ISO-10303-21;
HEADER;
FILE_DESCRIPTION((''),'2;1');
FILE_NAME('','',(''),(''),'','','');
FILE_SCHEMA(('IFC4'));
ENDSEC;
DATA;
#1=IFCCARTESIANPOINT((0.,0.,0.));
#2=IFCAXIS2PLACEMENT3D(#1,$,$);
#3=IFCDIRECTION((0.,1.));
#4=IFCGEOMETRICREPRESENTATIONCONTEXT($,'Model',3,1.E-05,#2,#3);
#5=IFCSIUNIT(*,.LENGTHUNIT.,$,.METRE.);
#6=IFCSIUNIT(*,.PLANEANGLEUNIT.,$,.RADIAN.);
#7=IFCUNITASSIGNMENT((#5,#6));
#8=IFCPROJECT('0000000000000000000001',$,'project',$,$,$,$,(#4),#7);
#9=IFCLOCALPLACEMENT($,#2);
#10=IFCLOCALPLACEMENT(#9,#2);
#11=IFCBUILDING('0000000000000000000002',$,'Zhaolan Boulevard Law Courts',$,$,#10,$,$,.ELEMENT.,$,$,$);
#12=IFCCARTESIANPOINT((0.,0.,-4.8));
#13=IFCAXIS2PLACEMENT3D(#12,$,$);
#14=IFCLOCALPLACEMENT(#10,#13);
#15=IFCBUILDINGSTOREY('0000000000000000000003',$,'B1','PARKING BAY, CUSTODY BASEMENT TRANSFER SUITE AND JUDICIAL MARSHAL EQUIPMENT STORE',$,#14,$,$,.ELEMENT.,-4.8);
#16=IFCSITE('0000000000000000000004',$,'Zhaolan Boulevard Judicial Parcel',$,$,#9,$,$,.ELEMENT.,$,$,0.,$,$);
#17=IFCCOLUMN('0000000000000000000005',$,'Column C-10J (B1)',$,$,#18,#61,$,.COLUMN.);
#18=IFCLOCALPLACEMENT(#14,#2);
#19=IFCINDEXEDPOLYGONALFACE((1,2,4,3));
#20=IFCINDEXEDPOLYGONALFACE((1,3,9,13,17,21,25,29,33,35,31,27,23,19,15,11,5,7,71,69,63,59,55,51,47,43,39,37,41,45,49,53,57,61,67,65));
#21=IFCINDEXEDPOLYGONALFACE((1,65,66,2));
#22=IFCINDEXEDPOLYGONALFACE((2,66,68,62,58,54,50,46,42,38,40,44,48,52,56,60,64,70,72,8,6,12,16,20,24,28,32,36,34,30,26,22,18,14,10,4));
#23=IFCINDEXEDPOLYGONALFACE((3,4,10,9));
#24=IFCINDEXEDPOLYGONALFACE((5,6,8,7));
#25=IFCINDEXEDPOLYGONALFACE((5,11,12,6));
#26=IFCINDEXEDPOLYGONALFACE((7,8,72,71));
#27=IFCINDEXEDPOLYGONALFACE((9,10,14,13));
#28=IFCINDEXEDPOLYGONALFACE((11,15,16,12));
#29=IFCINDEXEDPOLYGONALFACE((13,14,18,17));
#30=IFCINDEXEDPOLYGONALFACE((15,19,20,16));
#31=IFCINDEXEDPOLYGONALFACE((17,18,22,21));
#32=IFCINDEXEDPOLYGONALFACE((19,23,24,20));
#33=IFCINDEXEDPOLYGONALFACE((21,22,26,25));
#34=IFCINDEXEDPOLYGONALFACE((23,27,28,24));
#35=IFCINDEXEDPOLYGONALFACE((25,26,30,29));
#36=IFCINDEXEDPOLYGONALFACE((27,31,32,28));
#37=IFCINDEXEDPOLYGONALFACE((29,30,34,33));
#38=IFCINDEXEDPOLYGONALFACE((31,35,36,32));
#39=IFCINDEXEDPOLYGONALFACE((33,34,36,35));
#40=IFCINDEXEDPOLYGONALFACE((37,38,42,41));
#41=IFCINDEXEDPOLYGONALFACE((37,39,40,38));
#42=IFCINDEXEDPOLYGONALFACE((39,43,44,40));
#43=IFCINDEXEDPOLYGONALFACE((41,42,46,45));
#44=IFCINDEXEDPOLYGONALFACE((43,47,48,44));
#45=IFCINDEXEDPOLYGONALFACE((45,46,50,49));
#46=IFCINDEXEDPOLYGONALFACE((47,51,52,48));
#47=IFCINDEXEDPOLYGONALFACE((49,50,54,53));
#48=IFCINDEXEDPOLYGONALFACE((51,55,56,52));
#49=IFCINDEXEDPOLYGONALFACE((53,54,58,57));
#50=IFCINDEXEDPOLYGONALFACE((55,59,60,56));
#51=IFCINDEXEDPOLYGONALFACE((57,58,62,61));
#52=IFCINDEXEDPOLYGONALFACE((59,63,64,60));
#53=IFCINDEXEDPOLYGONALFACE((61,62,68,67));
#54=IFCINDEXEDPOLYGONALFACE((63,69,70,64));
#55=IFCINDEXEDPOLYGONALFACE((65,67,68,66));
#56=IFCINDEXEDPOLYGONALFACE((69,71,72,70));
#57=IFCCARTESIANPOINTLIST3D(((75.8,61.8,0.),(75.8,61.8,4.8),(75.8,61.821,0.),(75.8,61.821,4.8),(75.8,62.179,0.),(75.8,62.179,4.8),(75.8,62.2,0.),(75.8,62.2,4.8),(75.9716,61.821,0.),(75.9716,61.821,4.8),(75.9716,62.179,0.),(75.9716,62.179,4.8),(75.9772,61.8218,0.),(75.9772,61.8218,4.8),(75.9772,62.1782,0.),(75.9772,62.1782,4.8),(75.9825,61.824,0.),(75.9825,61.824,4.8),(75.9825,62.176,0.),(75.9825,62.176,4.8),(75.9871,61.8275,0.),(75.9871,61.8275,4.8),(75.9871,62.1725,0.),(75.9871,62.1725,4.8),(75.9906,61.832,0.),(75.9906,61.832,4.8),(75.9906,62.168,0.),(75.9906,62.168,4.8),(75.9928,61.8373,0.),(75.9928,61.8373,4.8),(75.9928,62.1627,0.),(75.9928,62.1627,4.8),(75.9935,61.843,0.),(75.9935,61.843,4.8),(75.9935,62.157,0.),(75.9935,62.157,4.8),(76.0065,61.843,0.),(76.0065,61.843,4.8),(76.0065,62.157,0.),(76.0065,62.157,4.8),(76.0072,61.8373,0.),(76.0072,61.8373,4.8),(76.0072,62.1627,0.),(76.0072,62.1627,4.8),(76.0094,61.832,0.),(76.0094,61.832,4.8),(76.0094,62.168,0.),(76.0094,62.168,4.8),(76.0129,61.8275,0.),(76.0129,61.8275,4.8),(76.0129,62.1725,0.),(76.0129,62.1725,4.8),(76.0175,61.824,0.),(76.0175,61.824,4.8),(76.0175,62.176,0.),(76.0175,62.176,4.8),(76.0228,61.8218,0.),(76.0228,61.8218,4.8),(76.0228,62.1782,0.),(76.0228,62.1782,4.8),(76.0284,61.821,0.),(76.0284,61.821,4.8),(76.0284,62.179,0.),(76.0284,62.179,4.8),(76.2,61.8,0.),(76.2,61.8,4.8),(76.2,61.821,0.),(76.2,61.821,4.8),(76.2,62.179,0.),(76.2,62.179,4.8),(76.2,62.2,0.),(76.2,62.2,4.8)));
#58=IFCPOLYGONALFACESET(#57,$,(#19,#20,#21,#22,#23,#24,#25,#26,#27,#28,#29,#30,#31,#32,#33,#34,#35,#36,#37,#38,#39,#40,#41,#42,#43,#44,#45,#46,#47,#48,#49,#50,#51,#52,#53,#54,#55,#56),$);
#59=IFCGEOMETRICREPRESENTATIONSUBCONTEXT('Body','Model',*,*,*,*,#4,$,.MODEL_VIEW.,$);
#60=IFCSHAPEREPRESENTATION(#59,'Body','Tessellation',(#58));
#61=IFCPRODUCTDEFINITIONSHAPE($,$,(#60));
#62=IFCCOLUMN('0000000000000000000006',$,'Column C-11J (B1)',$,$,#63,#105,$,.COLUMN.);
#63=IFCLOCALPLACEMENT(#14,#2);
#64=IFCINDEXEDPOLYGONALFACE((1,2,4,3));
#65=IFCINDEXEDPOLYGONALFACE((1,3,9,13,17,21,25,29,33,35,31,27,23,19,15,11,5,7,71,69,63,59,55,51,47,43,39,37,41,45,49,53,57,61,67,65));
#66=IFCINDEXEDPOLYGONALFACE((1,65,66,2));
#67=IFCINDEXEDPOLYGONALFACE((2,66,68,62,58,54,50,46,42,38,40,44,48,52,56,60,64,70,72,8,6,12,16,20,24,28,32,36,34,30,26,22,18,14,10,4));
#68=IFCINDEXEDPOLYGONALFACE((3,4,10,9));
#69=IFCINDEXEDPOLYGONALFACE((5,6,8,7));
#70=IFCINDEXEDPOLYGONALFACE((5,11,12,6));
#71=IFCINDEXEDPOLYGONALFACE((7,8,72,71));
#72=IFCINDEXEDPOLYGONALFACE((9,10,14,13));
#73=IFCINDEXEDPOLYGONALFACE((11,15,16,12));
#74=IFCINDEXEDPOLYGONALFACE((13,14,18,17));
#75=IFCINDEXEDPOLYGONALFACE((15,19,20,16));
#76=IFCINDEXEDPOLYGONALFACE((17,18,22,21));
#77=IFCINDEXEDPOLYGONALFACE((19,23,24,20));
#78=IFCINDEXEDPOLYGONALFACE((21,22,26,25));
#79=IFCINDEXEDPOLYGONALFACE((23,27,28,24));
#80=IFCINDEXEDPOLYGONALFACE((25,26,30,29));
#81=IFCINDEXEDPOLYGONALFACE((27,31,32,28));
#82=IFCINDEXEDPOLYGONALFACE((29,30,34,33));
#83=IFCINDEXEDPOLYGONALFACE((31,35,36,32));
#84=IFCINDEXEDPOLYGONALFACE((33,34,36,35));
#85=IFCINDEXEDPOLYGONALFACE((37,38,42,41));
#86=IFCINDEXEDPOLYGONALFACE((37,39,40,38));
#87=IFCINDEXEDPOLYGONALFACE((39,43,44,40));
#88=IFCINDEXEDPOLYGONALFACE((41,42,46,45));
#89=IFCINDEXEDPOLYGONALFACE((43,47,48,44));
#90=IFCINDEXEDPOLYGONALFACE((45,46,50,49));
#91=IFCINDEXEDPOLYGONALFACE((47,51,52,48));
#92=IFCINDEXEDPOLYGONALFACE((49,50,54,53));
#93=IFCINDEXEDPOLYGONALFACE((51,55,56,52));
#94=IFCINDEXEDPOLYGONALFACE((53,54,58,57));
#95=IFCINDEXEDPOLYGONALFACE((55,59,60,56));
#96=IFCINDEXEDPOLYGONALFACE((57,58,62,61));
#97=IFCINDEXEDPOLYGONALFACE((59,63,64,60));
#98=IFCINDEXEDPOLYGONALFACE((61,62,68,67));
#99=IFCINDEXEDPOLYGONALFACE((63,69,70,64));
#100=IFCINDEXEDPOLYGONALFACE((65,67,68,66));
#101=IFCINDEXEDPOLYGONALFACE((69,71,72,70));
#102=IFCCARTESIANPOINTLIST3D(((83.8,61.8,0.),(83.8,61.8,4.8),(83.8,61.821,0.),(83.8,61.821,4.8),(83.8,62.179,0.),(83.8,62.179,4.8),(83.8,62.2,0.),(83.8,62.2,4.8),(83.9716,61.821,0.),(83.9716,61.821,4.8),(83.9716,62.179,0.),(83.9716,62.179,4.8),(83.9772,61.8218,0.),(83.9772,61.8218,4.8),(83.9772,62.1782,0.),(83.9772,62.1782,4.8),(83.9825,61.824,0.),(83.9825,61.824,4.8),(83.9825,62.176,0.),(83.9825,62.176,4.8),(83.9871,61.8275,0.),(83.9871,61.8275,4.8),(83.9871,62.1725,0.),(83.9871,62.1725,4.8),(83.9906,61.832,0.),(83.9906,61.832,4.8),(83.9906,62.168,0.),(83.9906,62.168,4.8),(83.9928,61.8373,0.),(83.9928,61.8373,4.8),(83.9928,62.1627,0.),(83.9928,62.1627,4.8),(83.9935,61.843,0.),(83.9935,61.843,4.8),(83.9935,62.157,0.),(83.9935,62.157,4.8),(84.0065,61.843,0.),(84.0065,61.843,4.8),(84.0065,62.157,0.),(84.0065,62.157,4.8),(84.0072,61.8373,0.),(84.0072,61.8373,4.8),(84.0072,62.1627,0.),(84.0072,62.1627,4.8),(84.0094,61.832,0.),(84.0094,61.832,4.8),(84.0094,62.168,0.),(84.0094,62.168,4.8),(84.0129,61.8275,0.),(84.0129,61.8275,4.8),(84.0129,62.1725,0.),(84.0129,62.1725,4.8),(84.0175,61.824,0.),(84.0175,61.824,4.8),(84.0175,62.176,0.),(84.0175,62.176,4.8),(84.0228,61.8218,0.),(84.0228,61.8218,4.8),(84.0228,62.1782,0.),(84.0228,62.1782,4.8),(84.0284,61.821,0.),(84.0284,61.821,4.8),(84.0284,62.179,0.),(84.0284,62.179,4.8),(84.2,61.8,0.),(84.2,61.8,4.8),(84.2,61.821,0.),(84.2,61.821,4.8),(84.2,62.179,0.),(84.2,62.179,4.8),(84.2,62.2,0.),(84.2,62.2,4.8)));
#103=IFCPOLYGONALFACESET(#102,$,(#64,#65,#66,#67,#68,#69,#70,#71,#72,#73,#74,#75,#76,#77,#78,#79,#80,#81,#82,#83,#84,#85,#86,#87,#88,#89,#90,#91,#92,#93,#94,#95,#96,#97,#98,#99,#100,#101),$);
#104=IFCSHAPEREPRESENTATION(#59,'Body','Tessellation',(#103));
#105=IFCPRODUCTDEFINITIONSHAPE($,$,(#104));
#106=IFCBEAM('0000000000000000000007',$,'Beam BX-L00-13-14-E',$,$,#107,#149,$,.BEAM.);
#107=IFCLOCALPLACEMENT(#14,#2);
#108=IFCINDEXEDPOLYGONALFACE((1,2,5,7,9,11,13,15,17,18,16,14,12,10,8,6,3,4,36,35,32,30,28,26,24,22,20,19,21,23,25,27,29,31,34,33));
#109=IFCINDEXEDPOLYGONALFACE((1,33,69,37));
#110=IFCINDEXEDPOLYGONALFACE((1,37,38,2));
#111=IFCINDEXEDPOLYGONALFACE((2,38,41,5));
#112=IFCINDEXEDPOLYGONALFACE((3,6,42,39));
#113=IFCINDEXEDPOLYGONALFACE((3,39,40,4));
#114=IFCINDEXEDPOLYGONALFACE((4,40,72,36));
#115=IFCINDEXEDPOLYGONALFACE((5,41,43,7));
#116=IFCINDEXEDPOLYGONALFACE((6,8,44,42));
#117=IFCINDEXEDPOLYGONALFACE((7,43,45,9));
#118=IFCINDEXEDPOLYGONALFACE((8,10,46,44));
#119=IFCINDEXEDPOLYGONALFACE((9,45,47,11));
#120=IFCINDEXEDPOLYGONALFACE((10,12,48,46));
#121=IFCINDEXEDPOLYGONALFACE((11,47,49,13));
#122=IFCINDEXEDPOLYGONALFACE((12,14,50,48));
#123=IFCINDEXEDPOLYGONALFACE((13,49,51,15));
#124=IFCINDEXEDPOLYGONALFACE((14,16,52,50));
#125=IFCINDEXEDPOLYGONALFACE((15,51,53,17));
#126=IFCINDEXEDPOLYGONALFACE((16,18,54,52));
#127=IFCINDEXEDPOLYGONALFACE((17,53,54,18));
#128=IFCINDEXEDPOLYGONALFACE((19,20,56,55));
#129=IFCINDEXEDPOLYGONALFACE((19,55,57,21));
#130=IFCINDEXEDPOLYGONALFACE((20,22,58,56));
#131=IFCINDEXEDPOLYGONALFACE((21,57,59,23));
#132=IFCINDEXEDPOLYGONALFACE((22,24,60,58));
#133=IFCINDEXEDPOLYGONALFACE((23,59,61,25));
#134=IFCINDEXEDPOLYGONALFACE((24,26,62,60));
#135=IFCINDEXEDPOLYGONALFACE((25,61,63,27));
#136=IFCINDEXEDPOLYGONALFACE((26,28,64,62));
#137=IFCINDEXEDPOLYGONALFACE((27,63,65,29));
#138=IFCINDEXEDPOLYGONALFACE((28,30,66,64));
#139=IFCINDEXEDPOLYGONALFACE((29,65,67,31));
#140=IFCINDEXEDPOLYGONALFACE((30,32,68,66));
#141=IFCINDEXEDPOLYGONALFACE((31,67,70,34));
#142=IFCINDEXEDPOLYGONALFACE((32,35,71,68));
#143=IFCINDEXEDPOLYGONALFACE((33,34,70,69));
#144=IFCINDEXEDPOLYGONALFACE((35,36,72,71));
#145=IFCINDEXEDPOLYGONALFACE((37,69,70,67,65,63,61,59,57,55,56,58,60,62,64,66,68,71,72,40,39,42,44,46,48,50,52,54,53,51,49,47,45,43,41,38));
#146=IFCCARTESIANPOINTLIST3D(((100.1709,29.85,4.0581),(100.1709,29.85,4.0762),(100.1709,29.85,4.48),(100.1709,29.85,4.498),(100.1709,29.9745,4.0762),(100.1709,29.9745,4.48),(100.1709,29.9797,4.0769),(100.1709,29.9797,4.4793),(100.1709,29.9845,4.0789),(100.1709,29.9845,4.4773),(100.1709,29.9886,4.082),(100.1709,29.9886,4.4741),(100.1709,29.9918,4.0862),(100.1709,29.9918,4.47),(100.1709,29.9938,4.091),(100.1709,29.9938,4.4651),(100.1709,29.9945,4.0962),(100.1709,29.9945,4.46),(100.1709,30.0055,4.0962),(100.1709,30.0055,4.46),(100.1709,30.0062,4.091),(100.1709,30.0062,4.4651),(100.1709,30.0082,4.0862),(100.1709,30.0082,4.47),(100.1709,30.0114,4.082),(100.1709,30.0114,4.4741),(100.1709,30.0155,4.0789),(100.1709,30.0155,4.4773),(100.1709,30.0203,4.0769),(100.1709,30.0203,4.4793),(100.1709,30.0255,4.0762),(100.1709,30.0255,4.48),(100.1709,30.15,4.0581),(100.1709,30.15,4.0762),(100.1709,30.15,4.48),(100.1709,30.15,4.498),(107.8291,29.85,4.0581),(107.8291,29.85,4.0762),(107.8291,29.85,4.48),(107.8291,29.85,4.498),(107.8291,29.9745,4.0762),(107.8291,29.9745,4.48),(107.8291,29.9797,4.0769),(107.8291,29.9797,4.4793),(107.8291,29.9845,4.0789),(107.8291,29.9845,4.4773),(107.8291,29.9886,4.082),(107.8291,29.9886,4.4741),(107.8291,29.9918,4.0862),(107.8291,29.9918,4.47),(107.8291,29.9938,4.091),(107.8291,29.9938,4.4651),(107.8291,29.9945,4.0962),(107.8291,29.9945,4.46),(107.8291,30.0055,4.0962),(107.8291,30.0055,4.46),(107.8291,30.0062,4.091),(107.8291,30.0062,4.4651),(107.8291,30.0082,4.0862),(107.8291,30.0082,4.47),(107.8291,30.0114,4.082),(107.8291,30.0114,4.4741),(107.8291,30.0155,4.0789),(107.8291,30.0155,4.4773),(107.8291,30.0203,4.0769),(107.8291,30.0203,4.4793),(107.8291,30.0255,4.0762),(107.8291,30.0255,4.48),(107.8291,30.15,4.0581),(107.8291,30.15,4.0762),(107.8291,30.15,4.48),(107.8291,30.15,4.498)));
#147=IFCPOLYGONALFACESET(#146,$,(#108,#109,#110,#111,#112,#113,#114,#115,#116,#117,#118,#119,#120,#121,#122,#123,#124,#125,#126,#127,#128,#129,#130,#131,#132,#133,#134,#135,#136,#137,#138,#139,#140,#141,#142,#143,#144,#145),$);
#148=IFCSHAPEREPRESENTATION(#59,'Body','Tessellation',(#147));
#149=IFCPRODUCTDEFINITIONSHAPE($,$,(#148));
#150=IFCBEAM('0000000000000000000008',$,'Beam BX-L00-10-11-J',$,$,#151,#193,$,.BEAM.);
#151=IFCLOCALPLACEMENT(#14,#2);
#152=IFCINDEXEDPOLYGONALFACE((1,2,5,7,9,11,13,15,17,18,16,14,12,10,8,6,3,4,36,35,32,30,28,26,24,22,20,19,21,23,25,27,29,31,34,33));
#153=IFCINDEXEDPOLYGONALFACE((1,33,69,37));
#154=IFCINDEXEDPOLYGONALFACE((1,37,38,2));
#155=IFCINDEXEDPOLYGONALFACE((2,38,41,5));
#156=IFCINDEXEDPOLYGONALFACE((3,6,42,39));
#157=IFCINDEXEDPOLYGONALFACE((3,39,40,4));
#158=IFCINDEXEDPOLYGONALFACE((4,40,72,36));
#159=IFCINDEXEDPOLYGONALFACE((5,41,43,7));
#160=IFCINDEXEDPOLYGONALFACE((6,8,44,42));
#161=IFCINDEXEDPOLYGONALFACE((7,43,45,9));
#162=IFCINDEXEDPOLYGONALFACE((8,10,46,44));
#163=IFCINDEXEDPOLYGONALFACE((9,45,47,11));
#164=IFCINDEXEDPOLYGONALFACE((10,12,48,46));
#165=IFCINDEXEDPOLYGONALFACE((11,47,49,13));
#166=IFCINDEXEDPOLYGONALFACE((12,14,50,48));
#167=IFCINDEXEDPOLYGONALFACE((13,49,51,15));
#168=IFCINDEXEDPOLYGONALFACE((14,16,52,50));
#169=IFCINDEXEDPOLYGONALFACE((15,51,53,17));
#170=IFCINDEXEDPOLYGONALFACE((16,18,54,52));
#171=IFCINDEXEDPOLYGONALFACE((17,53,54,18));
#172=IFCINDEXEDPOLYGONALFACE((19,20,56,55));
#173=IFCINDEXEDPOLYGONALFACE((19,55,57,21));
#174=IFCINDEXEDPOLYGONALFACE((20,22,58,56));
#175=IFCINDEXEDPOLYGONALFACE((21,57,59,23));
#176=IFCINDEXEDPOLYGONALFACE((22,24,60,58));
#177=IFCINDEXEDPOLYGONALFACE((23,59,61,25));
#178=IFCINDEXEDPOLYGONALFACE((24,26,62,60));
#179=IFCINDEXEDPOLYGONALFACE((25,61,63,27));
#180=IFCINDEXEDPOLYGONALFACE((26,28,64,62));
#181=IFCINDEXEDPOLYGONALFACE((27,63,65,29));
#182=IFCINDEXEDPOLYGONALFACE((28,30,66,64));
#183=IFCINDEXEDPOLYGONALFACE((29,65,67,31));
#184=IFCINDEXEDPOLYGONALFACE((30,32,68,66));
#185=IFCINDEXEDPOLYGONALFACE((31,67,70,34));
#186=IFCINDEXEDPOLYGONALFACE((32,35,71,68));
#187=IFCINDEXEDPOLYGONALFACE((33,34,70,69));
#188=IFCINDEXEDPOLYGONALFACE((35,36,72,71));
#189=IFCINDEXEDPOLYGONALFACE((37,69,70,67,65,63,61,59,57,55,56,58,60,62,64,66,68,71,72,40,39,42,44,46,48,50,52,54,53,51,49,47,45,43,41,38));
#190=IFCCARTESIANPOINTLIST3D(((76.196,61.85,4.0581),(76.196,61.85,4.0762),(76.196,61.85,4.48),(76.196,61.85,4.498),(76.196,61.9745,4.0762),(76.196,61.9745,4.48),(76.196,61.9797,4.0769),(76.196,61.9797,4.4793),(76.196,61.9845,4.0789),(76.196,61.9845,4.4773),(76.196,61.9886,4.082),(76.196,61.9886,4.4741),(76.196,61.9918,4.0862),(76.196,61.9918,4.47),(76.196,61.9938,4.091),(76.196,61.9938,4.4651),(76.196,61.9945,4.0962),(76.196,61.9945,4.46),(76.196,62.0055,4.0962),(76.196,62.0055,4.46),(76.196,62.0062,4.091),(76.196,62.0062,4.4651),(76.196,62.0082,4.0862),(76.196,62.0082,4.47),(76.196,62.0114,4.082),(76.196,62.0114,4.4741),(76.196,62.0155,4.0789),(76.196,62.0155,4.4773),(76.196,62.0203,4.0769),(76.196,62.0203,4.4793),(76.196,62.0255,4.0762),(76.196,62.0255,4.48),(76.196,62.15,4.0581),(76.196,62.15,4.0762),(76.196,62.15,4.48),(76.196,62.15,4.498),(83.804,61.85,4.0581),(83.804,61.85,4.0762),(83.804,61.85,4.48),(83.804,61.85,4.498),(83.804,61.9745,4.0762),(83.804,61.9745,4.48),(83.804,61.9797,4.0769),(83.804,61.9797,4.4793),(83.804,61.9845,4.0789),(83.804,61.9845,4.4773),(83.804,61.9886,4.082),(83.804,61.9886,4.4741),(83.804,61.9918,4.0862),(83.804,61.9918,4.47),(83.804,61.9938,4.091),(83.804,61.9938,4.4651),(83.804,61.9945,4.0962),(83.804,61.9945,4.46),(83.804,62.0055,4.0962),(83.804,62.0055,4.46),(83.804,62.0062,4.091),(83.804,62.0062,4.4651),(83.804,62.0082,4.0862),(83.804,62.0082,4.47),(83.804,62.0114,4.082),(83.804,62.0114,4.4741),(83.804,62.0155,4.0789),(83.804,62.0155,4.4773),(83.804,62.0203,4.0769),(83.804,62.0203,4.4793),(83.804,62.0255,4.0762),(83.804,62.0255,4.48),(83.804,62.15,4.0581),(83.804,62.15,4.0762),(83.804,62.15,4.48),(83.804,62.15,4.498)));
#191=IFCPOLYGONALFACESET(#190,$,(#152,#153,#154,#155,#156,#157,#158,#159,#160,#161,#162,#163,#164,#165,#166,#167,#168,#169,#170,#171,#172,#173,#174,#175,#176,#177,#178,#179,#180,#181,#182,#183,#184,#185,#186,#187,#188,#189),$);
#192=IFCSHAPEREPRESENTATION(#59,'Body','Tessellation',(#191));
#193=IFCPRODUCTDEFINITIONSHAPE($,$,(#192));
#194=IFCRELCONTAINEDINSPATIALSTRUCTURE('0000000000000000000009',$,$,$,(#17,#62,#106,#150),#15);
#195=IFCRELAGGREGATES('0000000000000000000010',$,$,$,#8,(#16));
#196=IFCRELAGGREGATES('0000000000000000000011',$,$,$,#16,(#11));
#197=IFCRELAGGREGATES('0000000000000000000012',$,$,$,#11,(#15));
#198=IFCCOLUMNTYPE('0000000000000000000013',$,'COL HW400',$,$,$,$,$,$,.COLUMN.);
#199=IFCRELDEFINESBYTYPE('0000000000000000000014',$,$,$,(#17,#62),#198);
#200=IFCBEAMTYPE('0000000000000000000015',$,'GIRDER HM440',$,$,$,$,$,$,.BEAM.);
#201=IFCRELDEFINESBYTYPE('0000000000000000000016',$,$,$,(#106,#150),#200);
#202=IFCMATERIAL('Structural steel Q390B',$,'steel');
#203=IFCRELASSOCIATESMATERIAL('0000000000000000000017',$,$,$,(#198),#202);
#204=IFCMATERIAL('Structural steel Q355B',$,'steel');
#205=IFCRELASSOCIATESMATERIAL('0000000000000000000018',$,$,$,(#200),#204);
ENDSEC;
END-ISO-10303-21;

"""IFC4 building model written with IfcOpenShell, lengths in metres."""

from ifc_helpers import new_model, si_unit, direction, frame, origin, origin_2d, place, context, subcontext, project, spatial, i_section, extrude, material, material_profile, profile_set, type_object, element, save


model = new_model("IFC4")

# Units and contexts
model_context = context("Model", 3, precision=1e-05, world=origin(), true_north=direction((0.0, 1.0)))
body_context = subcontext(model_context, "Body", "Model", "MODEL_VIEW")
ifc_project = project(units=[si_unit("LENGTHUNIT", "METRE"), si_unit("PLANEANGLEUNIT", "RADIAN")], contexts=[model_context])

# Site, building, storey
site_placement = place(None, origin())
site = spatial("IfcSite", under=ifc_project, at=site_placement, Name="Zhaolan Boulevard Judicial Parcel", CompositionType="ELEMENT", RefElevation=0.0)
building_placement = place(site_placement, origin())
building = spatial("IfcBuilding", under=site, at=building_placement, Name="Zhaolan Boulevard Law Courts", CompositionType="ELEMENT")
storey_placement = place(building_placement, frame((0.0, 0.0, -4.8)))
storey = spatial("IfcBuildingStorey", under=building, at=storey_placement, Name="B1", Description="PARKING BAY, CUSTODY BASEMENT TRANSFER SUITE AND JUDICIAL MARSHAL EQUIPMENT STORE", CompositionType="ELEMENT", Elevation=-4.8)

# Columns
ifc_material_1 = material(Name="Structural steel Q390B", Category="steel")
ifc_material_profile_1 = material_profile(ifc_material_1, i_section(OverallWidth=0.3999, OverallDepth=0.3999, WebThickness=0.0129, FlangeThickness=0.021, FilletRadius=0.022, at=origin_2d()), Name="HW400x400")
ifc_profile_set_1 = profile_set([ifc_material_profile_1], Name="Structural steel Q390B")
column_type_1 = type_object("IfcColumnType", Name="COL HW400", PredefinedType="COLUMN", material=ifc_profile_set_1)
for number, where, z_axis, x_axis, name in (
    (1, (76.0, 62.0, 0.0), (0.0, 0.0, 1.0), (1.0, 0.0, 0.0), "Column C-10J (B1)"),
    (2, (84.0, 62.0, 0.0), (0.0, 0.0, 1.0), (1.0, 0.0, 0.0), "Column C-11J (B1)"),
):
    element("IfcColumn", number, at=place(storey_placement, frame(where, z_axis=z_axis, x_axis=x_axis)), inside=storey, type_object=column_type_1, Name=name, PredefinedType="COLUMN", context=body_context, shape_type="SweptSolid", body=[
        extrude(i_section(OverallWidth=0.3999, OverallDepth=0.3999, WebThickness=0.0129, FlangeThickness=0.021, FilletRadius=0.022, at=origin_2d()), origin(), (0.0, 0.0, 1.0), 4.8),
    ])

# Beams
ifc_material_2 = material(Name="Structural steel Q355B", Category="steel")
ifc_material_profile_2 = material_profile(ifc_material_2, i_section(OverallWidth=0.3, OverallDepth=0.4399, WebThickness=0.011, FlangeThickness=0.0181, FilletRadius=0.02, at=origin_2d()), Name="HM440x300")
ifc_profile_set_2 = profile_set([ifc_material_profile_2], Name="Structural steel Q355B")
beam_type = type_object("IfcBeamType", Name="GIRDER HM440", PredefinedType="BEAM", material=ifc_profile_set_2)
beam_placement = place(storey_placement, frame((100.1709, 30.0, 4.2781), z_axis=(1.0, 0.0, 0.0), x_axis=(0.0, 1.0, 0.0)))
element("IfcBeam", 3, at=beam_placement, inside=storey, type_object=beam_type, Name="Beam BX-L00-13-14-E", PredefinedType="BEAM", context=body_context, shape_type="SweptSolid", body=[
    extrude(i_section(OverallWidth=0.3, OverallDepth=0.4399, WebThickness=0.011, FlangeThickness=0.0181, FilletRadius=0.02, at=origin_2d()), origin(), (0.0, 0.0, 1.0), 7.6582),
])
for number, where, z_axis, x_axis, name in (
    (4, (76.196, 62.0, 4.2781), (1.0, 0.0, 0.0), (0.0, 1.0, 0.0), "Beam BX-L00-10-11-J"),
):
    element("IfcBeam", number, at=place(storey_placement, frame(where, z_axis=z_axis, x_axis=x_axis)), inside=storey, type_object=beam_type, Name=name, PredefinedType="BEAM", context=body_context, shape_type="SweptSolid", body=[
        extrude(i_section(OverallWidth=0.3, OverallDepth=0.4399, WebThickness=0.011, FlangeThickness=0.0181, FilletRadius=0.02, at=origin_2d()), origin(), (0.0, 0.0, 1.0), 7.6079),
    ])

save(model, "model.ifc")
